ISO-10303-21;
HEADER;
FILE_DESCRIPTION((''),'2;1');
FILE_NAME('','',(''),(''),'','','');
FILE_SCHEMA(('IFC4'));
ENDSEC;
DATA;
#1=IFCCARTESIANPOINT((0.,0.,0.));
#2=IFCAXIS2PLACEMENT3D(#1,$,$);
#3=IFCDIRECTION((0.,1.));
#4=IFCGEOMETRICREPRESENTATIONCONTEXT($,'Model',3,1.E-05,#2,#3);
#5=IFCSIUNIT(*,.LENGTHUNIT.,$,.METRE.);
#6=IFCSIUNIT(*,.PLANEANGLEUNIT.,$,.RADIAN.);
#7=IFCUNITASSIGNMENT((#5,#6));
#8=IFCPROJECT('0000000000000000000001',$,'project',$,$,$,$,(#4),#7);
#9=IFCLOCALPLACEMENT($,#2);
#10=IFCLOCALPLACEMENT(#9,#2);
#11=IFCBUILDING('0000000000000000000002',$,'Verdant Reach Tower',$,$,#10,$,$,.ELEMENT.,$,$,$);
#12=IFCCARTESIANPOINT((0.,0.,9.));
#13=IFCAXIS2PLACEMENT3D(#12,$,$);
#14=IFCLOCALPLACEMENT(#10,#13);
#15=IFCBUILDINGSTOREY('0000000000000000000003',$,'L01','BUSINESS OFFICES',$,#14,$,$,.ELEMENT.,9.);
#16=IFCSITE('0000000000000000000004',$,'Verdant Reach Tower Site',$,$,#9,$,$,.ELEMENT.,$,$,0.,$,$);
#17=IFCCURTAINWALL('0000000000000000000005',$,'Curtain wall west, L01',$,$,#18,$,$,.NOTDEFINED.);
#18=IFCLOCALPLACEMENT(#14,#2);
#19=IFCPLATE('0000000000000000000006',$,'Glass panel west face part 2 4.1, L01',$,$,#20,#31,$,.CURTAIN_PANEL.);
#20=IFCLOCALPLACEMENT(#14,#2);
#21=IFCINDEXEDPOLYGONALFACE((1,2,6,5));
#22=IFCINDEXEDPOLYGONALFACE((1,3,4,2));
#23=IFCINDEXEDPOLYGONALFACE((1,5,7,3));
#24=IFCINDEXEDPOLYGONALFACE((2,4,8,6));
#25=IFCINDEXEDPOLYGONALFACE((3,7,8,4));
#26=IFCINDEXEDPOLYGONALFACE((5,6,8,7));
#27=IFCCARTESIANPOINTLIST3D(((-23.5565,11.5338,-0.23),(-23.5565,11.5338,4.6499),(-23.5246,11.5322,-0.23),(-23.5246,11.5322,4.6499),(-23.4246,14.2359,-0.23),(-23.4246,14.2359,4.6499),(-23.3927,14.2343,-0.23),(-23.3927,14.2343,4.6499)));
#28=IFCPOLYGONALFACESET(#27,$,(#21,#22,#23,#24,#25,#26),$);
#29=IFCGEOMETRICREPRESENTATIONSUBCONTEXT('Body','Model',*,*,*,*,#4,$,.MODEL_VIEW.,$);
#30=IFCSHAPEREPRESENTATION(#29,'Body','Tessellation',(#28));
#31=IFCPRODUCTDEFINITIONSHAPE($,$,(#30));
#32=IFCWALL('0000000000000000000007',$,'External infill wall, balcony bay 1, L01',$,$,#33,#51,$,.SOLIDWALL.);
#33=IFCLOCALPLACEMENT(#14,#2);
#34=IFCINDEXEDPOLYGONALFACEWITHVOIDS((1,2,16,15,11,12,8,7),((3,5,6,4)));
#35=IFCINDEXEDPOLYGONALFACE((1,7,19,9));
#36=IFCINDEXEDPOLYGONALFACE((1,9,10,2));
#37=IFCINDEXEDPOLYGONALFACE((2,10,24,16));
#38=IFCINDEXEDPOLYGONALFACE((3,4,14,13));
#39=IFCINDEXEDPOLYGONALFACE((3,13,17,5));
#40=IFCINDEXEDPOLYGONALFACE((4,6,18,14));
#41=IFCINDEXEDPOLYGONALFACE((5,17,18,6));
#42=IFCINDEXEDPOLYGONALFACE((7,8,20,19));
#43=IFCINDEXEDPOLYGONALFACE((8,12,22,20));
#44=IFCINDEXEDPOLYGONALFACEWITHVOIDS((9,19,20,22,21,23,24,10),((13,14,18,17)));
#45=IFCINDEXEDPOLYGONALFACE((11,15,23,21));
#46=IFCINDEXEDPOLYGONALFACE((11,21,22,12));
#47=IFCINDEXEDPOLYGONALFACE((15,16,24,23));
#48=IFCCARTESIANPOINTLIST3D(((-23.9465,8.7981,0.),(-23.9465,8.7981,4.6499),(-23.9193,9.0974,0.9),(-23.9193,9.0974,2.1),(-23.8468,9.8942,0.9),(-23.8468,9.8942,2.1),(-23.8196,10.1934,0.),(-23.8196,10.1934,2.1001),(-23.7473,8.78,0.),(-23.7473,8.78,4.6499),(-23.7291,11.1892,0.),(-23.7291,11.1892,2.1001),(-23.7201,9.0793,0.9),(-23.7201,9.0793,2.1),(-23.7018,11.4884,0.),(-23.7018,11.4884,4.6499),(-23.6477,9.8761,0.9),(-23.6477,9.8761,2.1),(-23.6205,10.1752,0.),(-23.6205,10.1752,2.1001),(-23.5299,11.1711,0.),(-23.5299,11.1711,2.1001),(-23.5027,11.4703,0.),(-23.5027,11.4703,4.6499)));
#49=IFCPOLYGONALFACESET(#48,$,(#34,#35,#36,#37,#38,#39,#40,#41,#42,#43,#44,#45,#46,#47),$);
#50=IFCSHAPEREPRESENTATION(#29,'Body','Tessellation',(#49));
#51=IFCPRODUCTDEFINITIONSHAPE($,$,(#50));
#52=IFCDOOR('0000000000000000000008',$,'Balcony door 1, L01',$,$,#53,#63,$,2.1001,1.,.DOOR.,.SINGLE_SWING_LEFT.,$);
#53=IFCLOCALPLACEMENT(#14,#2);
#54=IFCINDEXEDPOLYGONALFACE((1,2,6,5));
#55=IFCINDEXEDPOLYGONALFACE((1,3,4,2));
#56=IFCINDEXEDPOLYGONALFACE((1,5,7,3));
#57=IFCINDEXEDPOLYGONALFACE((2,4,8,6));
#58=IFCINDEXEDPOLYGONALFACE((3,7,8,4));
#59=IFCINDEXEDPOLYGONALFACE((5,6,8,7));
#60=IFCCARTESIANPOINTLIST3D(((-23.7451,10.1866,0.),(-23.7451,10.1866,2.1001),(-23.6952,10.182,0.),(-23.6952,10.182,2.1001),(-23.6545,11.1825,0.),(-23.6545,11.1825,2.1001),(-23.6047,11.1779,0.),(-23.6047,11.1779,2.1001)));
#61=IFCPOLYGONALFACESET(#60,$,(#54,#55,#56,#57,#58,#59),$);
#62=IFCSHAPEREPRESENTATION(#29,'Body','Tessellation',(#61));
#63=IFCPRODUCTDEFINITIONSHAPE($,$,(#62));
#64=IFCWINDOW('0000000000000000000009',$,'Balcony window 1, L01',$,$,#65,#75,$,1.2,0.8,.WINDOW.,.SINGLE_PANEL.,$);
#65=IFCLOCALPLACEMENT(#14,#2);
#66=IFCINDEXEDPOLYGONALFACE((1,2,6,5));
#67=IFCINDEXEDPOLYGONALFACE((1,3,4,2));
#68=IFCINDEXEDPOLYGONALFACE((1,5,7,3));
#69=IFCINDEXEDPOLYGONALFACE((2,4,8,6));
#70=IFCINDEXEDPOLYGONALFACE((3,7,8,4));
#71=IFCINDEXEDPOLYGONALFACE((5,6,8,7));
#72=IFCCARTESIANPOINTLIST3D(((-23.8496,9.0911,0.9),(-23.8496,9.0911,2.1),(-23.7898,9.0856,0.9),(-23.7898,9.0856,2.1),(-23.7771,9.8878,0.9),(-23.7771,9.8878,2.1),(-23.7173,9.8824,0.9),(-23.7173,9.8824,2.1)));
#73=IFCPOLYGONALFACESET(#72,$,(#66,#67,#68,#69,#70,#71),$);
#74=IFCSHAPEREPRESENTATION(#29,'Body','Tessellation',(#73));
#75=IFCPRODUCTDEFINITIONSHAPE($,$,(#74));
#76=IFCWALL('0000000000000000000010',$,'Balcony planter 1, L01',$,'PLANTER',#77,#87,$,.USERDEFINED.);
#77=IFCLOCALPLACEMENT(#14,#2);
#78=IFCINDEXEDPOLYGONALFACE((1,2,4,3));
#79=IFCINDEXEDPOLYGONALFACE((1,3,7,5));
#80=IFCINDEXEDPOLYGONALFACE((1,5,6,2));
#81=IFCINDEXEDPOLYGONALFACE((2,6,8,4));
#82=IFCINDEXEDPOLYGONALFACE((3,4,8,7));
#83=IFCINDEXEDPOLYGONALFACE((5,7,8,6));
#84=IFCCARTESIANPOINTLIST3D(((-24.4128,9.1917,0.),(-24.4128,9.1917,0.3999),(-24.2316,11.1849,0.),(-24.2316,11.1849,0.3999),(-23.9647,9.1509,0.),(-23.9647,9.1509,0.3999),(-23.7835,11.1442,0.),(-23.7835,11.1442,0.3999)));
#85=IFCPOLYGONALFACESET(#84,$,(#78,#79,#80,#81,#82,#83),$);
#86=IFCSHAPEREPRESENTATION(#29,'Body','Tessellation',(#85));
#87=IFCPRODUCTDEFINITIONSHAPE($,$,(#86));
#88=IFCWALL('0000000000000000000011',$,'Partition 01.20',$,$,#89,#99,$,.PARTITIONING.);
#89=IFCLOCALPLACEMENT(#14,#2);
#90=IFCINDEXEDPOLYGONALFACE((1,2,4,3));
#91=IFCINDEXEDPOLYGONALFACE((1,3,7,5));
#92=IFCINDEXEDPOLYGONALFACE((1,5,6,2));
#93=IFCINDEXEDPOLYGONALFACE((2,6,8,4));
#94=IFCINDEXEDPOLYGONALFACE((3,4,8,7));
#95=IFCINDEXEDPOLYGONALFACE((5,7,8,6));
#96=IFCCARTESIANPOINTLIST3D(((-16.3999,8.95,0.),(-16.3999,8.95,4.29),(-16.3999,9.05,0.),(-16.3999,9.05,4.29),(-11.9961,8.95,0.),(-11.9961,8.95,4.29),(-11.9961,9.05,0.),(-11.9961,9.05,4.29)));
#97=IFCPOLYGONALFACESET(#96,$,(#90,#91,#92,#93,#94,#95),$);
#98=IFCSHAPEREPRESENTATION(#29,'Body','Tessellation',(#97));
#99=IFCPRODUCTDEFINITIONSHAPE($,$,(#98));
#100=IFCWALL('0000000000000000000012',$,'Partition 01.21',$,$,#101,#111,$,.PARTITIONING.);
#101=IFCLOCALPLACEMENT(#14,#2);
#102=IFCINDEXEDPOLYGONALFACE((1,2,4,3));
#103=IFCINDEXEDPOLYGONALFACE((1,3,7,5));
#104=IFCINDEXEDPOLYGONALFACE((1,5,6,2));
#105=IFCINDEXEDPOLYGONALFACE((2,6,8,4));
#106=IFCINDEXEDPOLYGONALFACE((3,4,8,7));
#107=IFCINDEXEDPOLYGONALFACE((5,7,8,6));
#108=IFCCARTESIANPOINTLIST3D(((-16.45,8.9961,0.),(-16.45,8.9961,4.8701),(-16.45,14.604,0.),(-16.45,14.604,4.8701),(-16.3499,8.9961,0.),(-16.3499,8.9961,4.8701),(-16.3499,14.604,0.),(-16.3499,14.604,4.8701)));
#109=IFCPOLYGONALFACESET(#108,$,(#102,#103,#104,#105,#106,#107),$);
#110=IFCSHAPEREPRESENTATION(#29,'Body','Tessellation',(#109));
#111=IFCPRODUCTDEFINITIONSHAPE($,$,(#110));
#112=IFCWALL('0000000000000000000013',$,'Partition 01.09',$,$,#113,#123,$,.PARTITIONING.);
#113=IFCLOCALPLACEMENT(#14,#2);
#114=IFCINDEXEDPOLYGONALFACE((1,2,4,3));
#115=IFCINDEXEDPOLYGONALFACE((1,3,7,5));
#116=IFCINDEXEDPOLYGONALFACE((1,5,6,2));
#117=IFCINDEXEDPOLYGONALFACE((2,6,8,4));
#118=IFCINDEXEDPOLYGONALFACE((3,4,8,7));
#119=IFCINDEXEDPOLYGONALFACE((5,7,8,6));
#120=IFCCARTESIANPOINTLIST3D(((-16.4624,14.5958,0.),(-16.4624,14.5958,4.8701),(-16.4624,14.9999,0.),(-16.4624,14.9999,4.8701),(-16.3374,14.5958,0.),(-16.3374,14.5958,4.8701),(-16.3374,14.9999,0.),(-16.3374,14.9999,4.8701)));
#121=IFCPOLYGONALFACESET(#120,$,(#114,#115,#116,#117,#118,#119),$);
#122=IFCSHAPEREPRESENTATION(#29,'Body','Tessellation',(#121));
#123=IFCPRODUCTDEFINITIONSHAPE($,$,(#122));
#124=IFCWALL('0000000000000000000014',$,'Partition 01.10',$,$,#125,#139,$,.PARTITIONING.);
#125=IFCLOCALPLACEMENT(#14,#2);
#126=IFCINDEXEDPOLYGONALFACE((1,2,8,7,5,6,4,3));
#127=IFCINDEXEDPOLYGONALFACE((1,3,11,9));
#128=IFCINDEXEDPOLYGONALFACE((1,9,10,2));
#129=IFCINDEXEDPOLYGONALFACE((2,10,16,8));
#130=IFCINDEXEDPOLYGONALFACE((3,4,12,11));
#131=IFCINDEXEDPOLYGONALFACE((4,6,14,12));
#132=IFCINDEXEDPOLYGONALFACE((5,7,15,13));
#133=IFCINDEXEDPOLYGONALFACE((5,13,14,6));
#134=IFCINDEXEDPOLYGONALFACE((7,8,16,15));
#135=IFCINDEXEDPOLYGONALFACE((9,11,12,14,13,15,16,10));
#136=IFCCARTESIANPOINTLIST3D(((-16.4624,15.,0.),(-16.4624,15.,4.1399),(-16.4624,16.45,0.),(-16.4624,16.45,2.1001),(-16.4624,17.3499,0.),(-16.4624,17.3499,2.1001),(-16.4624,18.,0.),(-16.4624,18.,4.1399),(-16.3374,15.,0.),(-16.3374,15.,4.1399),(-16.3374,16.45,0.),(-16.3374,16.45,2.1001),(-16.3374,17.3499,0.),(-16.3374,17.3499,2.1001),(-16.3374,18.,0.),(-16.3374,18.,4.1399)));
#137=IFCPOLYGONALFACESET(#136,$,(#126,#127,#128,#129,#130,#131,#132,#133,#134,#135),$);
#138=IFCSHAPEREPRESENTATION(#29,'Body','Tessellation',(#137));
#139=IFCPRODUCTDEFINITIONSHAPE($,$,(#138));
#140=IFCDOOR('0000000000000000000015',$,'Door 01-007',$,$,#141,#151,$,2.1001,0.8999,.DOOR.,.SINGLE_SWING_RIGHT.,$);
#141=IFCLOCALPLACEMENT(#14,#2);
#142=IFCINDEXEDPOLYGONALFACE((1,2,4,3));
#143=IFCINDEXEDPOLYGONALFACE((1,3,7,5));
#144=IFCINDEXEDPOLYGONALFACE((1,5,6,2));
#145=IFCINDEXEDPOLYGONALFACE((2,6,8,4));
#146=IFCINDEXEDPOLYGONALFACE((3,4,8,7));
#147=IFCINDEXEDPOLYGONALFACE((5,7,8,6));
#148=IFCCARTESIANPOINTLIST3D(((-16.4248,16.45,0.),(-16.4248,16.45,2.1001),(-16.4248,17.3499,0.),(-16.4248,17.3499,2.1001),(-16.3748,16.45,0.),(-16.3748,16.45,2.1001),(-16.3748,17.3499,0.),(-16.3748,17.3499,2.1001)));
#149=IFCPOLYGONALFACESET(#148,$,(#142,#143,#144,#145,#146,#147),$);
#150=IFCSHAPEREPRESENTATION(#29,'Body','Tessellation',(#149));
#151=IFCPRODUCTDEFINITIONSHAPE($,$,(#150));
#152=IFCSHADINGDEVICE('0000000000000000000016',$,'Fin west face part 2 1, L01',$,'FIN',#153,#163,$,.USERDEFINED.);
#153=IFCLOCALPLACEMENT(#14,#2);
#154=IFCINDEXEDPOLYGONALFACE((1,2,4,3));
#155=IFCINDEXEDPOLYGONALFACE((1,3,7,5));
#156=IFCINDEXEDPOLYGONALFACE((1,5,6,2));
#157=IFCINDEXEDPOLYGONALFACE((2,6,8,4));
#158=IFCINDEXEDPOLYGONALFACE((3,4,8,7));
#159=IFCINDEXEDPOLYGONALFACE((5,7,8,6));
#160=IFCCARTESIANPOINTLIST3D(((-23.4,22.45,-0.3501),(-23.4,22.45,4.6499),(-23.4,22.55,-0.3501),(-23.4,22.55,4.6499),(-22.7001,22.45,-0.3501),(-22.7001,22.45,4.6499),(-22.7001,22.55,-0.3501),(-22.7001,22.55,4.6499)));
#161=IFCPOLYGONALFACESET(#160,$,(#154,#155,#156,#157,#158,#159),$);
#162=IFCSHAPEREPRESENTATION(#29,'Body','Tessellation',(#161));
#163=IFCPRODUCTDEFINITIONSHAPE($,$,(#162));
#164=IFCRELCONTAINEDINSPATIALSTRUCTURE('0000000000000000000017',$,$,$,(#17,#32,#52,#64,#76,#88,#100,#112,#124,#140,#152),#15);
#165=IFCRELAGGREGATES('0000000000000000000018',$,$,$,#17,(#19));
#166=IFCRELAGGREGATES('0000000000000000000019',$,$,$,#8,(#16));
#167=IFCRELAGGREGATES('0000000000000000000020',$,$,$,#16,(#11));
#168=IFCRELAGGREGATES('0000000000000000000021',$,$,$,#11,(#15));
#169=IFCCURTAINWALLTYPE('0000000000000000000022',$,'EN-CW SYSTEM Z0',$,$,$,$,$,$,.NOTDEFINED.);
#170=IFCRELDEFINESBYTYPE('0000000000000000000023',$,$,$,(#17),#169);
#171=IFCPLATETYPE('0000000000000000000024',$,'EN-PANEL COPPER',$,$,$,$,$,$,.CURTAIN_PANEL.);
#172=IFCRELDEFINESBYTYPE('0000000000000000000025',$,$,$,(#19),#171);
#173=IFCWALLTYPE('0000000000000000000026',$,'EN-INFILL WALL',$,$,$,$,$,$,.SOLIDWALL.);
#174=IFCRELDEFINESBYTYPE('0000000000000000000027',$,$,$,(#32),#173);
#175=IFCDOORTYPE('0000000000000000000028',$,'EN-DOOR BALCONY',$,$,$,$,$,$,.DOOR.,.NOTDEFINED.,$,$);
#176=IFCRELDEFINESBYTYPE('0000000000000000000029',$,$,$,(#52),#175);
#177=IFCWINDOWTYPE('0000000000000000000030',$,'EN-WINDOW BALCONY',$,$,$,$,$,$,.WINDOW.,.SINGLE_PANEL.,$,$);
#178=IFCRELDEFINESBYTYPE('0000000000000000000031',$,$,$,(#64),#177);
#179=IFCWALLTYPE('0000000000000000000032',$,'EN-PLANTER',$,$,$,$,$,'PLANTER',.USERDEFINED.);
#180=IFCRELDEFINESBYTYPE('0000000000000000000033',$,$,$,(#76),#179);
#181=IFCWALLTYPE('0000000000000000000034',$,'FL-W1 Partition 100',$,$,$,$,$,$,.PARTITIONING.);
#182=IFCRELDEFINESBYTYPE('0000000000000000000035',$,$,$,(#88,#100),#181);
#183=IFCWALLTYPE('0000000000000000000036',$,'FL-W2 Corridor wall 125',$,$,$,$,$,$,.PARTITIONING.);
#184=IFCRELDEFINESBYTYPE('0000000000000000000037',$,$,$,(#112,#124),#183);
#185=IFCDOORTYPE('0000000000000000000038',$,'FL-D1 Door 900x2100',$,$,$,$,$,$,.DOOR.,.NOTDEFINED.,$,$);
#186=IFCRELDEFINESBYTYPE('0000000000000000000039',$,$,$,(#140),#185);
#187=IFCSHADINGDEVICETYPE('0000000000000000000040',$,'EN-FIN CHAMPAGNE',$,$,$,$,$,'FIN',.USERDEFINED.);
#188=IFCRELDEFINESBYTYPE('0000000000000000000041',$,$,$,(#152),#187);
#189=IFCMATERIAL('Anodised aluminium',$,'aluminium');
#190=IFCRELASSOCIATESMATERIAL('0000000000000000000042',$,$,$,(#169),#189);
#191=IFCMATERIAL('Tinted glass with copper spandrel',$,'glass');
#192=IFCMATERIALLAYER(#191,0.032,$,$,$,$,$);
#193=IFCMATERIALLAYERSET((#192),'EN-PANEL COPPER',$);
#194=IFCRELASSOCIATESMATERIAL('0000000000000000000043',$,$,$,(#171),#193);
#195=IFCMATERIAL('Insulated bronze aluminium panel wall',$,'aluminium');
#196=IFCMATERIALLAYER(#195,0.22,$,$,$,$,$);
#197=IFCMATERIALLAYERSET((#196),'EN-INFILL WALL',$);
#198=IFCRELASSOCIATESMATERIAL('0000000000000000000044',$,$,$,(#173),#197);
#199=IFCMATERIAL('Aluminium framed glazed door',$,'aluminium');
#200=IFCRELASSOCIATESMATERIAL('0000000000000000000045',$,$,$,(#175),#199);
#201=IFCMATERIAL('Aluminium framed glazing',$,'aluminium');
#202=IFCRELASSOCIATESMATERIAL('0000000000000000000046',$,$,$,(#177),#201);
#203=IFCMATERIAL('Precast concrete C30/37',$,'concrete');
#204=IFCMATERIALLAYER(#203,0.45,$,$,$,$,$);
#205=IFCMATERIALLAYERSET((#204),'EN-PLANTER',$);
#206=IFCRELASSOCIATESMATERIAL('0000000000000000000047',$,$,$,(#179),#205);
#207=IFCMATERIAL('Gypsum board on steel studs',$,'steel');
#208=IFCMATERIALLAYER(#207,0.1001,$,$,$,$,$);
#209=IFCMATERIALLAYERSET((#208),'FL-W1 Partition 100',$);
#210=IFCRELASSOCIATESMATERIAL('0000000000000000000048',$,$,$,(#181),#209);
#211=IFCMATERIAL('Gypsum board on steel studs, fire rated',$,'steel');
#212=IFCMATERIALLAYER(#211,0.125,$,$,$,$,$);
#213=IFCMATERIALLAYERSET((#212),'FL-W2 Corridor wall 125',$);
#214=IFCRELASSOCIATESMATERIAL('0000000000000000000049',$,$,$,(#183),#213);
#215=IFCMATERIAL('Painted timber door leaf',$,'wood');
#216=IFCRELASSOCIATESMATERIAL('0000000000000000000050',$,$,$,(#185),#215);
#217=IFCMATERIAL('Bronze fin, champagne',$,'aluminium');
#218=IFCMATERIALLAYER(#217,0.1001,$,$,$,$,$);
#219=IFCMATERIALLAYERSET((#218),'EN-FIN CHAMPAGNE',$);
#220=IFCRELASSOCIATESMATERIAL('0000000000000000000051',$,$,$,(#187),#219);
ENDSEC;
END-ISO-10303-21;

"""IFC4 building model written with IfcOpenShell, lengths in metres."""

from ifc_helpers import new_model, si_unit, direction, frame, frame_2d, origin, origin_2d, place, context, subcontext, project, spatial, rectangle, extrude, material, layer, layer_set, type_object, element, fill, aggregate, save


model = new_model("IFC4")

# Units and contexts
model_context = context("Model", 3, precision=1e-05, world=origin(), true_north=direction((0.0, 1.0)))
body_context = subcontext(model_context, "Body", "Model", "MODEL_VIEW")
ifc_project = project(units=[si_unit("LENGTHUNIT", "METRE"), si_unit("PLANEANGLEUNIT", "RADIAN")], contexts=[model_context])

# Site, building, storey
site_placement = place(None, origin())
site = spatial("IfcSite", under=ifc_project, at=site_placement, Name="Verdant Reach Tower Site", CompositionType="ELEMENT", RefElevation=0.0)
building_placement = place(site_placement, origin())
building = spatial("IfcBuilding", under=site, at=building_placement, Name="Verdant Reach Tower", CompositionType="ELEMENT")
storey_placement = place(building_placement, frame((0.0, 0.0, 9.0)))
storey = spatial("IfcBuildingStorey", under=building, at=storey_placement, Name="L01", Description="BUSINESS OFFICES", CompositionType="ELEMENT", Elevation=9.0)

# Curtain wall
ifc_material_1 = material(Name="Anodised aluminium", Category="aluminium")
curtain_wall_type = type_object("IfcCurtainWallType", Name="EN-CW SYSTEM Z0", PredefinedType="NOTDEFINED", material=ifc_material_1)
curtain_wall_placement = place(storey_placement, origin())
curtain_wall = element("IfcCurtainWall", 1, at=curtain_wall_placement, inside=storey, type_object=curtain_wall_type, Name="Curtain wall west, L01", PredefinedType="NOTDEFINED")

# Plate
ifc_material_2 = material(Name="Tinted glass with copper spandrel", Category="glass")
ifc_layer_1 = layer(ifc_material_2, 0.032)
ifc_layer_set_1 = layer_set([ifc_layer_1], Name="EN-PANEL COPPER")
plate_type_1 = type_object("IfcPlateType", Name="EN-PANEL COPPER", PredefinedType="CURTAIN_PANEL", material=ifc_layer_set_1)
plate_1_placement = place(storey_placement, frame((-23.4746, 12.884, -0.23), z_axis=(0.0, 0.0, 1.0), x_axis=(-0.048753, -0.998811, 0.0)))
plate_1 = element("IfcPlate", 2, at=plate_1_placement, type_object=plate_type_1, Name="Glass panel west face part 2 4.1, L01", PredefinedType="CURTAIN_PANEL", context=body_context, shape_type="SweptSolid", body=[
    extrude(rectangle(XDim=2.7053, YDim=0.032, at=origin_2d()), origin(), (0.0, 0.0, 1.0), 4.8799),
])
aggregate(curtain_wall, [plate_1])

# Wall, openings, door, window
ifc_material_3 = material(Name="Insulated bronze aluminium panel wall", Category="aluminium")
ifc_layer_2 = layer(ifc_material_3, 0.22)
ifc_layer_set_2 = layer_set([ifc_layer_2], Name="EN-INFILL WALL")
wall_type_1 = type_object("IfcWallType", Name="EN-INFILL WALL", PredefinedType="SOLIDWALL", material=ifc_layer_set_2)
wall_1_placement = place(storey_placement, frame((-23.6023, 11.4792, 0.0), z_axis=(0.0, 0.0, 1.0), x_axis=(-0.090552, -0.995892, 0.0)))
wall_1 = element("IfcWall", 3, at=wall_1_placement, inside=storey, type_object=wall_type_1, Name="External infill wall, balcony bay 1, L01", PredefinedType="SOLIDWALL", context=body_context, shape_type="SweptSolid", body=[
    extrude(rectangle(XDim=2.7014, YDim=0.2, at=frame_2d((1.3506, 0.0))), origin(), (0.0, 0.0, 1.0), 4.6499),
])
opening_1_placement = place(wall_1_placement, frame((0.3003, 0.0, 0.0)))
opening_1 = element("IfcOpeningElement", 4, at=opening_1_placement, cuts=wall_1, PredefinedType="OPENING", context=body_context, shape_type="SweptSolid", body=[
    extrude(rectangle(XDim=1.0, YDim=2.1001, at=frame_2d((0.5, 1.05))), frame((0.0, 0.1099, 0.0), z_axis=(0.0, -1.0, 0.0), x_axis=(1.0, 0.0, 0.0)), (0.0, 0.0, 1.0), 0.22),
])
opening_2_placement = place(wall_1_placement, frame((1.6008, 0.0, 0.8999)))
opening_2 = element("IfcOpeningElement", 5, at=opening_2_placement, cuts=wall_1, PredefinedType="OPENING", context=body_context, shape_type="SweptSolid", body=[
    extrude(rectangle(XDim=0.8, YDim=1.2, at=frame_2d((0.3999, 0.6001))), frame((0.0, 0.1099, 0.0), z_axis=(0.0, -1.0, 0.0), x_axis=(1.0, 0.0, 0.0)), (0.0, 0.0, 1.0), 0.22),
])
ifc_material_4 = material(Name="Aluminium framed glazed door", Category="aluminium")
door_type_1 = type_object("IfcDoorType", Name="EN-DOOR BALCONY", OperationType="NOTDEFINED", PredefinedType="DOOR", material=ifc_material_4)
door_1_placement = place(opening_1_placement, origin())
door_1 = element("IfcDoor", 6, at=door_1_placement, inside=storey, type_object=door_type_1, Name="Balcony door 1, L01", OperationType="SINGLE_SWING_LEFT", OverallHeight=2.1001, OverallWidth=1.0, PredefinedType="DOOR", context=body_context, shape_type="SweptSolid", body=[
    extrude(rectangle(XDim=1.0, YDim=2.1001, at=frame_2d((0.5, 1.05))), frame((0.0, 0.0249, 0.0), z_axis=(0.0, -1.0, 0.0), x_axis=(1.0, 0.0, 0.0)), (0.0, 0.0, 1.0), 0.05),
])
fill(opening_1, door_1)
ifc_material_5 = material(Name="Aluminium framed glazing", Category="aluminium")
window_type = type_object("IfcWindowType", Name="EN-WINDOW BALCONY", PartitioningType="SINGLE_PANEL", PredefinedType="WINDOW", material=ifc_material_5)
window_placement = place(opening_2_placement, origin())
window = element("IfcWindow", 7, at=window_placement, inside=storey, type_object=window_type, Name="Balcony window 1, L01", OverallHeight=1.2, OverallWidth=0.8, PartitioningType="SINGLE_PANEL", PredefinedType="WINDOW", context=body_context, shape_type="SweptSolid", body=[
    extrude(rectangle(XDim=0.8, YDim=1.2, at=frame_2d((0.3999, 0.6001))), frame((0.0, 0.03, 0.0), z_axis=(0.0, -1.0, 0.0), x_axis=(1.0, 0.0, 0.0)), (0.0, 0.0, 1.0), 0.0601),
])
fill(opening_2, window)

# Walls
ifc_material_6 = material(Name="Precast concrete C30/37", Category="concrete")
ifc_layer_3 = layer(ifc_material_6, 0.45)
ifc_layer_set_3 = layer_set([ifc_layer_3], Name="EN-PLANTER")
wall_type_2 = type_object("IfcWallType", Name="EN-PLANTER", ElementType="PLANTER", PredefinedType="USERDEFINED", material=ifc_layer_set_3)
wall_2_placement = place(storey_placement, frame((-24.0076, 11.1646, 0.0), z_axis=(0.0, 0.0, 1.0), x_axis=(-0.090514, -0.995895, 0.0)))
element("IfcWall", 8, at=wall_2_placement, inside=storey, type_object=wall_type_2, Name="Balcony planter 1, L01", ObjectType="PLANTER", PredefinedType="USERDEFINED", context=body_context, shape_type="SweptSolid", body=[
    extrude(rectangle(XDim=2.0015, YDim=0.45, at=frame_2d((1.0007, 0.0))), origin(), (0.0, 0.0, 1.0), 0.3999),
])
ifc_material_7 = material(Name="Gypsum board on steel studs", Category="steel")
ifc_layer_4 = layer(ifc_material_7, 0.1001)
ifc_layer_set_4 = layer_set([ifc_layer_4], Name="FL-W1 Partition 100")
wall_type_3 = type_object("IfcWallType", Name="FL-W1 Partition 100", PredefinedType="PARTITIONING", material=ifc_layer_set_4)
wall_3_placement = place(storey_placement, frame((-16.3999, 9.0, 0.0), z_axis=(0.0, 0.0, 1.0), x_axis=(1.0, 0.0, 0.0)))
element("IfcWall", 9, at=wall_3_placement, inside=storey, type_object=wall_type_3, Name="Partition 01.20", PredefinedType="PARTITIONING", context=body_context, shape_type="SweptSolid", body=[
    extrude(rectangle(XDim=4.4038, YDim=0.1001, at=frame_2d((2.2019, 0.0))), origin(), (0.0, 0.0, 1.0), 4.29),
])
wall_4_placement = place(storey_placement, frame((-16.3999, 14.604, 0.0), z_axis=(0.0, 0.0, 1.0), x_axis=(0.0, -1.0, 0.0)))
element("IfcWall", 10, at=wall_4_placement, inside=storey, type_object=wall_type_3, Name="Partition 01.21", PredefinedType="PARTITIONING", context=body_context, shape_type="SweptSolid", body=[
    extrude(rectangle(XDim=5.6079, YDim=0.1001, at=frame_2d((2.804, 0.0))), origin(), (0.0, 0.0, 1.0), 4.8701),
])
ifc_material_8 = material(Name="Gypsum board on steel studs, fire rated", Category="steel")
ifc_layer_5 = layer(ifc_material_8, 0.125)
ifc_layer_set_5 = layer_set([ifc_layer_5], Name="FL-W2 Corridor wall 125")
wall_type_4 = type_object("IfcWallType", Name="FL-W2 Corridor wall 125", PredefinedType="PARTITIONING", material=ifc_layer_set_5)
wall_5_placement = place(storey_placement, frame((-16.3999, 15.0, 0.0), z_axis=(0.0, 0.0, 1.0), x_axis=(0.0, -1.0, 0.0)))
element("IfcWall", 11, at=wall_5_placement, inside=storey, type_object=wall_type_4, Name="Partition 01.09", PredefinedType="PARTITIONING", context=body_context, shape_type="SweptSolid", body=[
    extrude(rectangle(XDim=0.4041, YDim=0.125, at=frame_2d((0.2021, 0.0))), origin(), (0.0, 0.0, 1.0), 4.8701),
])

# Wall, opening, door
wall_6_placement = place(storey_placement, frame((-16.3999, 15.0, 0.0), z_axis=(0.0, 0.0, 1.0), x_axis=(0.0, 1.0, 0.0)))
wall_6 = element("IfcWall", 12, at=wall_6_placement, inside=storey, type_object=wall_type_4, Name="Partition 01.10", PredefinedType="PARTITIONING", context=body_context, shape_type="SweptSolid", body=[
    extrude(rectangle(XDim=3.0, YDim=0.125, at=frame_2d((1.5, 0.0))), origin(), (0.0, 0.0, 1.0), 4.1399),
])
opening_3_placement = place(wall_6_placement, frame((1.45, 0.0, 0.0)))
opening_3 = element("IfcOpeningElement", 13, at=opening_3_placement, cuts=wall_6, PredefinedType="OPENING", context=body_context, shape_type="SweptSolid", body=[
    extrude(rectangle(XDim=0.8999, YDim=2.1001, at=frame_2d((0.45, 1.05))), frame((0.0, 0.0725, 0.0), z_axis=(0.0, -1.0, 0.0), x_axis=(1.0, 0.0, 0.0)), (0.0, 0.0, 1.0), 0.145),
])
ifc_material_9 = material(Name="Painted timber door leaf", Category="wood")
door_type_2 = type_object("IfcDoorType", Name="FL-D1 Door 900x2100", OperationType="NOTDEFINED", PredefinedType="DOOR", material=ifc_material_9)
door_2_placement = place(opening_3_placement, origin())
door_2 = element("IfcDoor", 14, at=door_2_placement, inside=storey, type_object=door_type_2, Name="Door 01-007", OperationType="SINGLE_SWING_RIGHT", OverallHeight=2.1001, OverallWidth=0.8999, PredefinedType="DOOR", context=body_context, shape_type="SweptSolid", body=[
    extrude(rectangle(XDim=0.8999, YDim=2.1001, at=frame_2d((0.45, 1.05))), frame((0.0, 0.0249, 0.0), z_axis=(0.0, -1.0, 0.0), x_axis=(1.0, 0.0, 0.0)), (0.0, 0.0, 1.0), 0.05),
])
fill(opening_3, door_2)

# Shading device
ifc_material_10 = material(Name="Bronze fin, champagne", Category="aluminium")
ifc_layer_6 = layer(ifc_material_10, 0.1001)
ifc_layer_set_6 = layer_set([ifc_layer_6], Name="EN-FIN CHAMPAGNE")
shading_device_type_1 = type_object("IfcShadingDeviceType", Name="EN-FIN CHAMPAGNE", ElementType="FIN", PredefinedType="USERDEFINED", material=ifc_layer_set_6)
shading_device_1_placement = place(storey_placement, frame((-23.05, 22.5, -0.3501), z_axis=(0.0, 0.0, 1.0), x_axis=(0.0, -1.0, 0.0)))
element("IfcShadingDevice", 15, at=shading_device_1_placement, inside=storey, type_object=shading_device_type_1, Name="Fin west face part 2 1, L01", ObjectType="FIN", PredefinedType="USERDEFINED", context=body_context, shape_type="SweptSolid", body=[
    extrude(rectangle(XDim=0.1001, YDim=0.7, at=origin_2d()), origin(), (0.0, 0.0, 1.0), 5.0),
])

save(model, "model.ifc")
